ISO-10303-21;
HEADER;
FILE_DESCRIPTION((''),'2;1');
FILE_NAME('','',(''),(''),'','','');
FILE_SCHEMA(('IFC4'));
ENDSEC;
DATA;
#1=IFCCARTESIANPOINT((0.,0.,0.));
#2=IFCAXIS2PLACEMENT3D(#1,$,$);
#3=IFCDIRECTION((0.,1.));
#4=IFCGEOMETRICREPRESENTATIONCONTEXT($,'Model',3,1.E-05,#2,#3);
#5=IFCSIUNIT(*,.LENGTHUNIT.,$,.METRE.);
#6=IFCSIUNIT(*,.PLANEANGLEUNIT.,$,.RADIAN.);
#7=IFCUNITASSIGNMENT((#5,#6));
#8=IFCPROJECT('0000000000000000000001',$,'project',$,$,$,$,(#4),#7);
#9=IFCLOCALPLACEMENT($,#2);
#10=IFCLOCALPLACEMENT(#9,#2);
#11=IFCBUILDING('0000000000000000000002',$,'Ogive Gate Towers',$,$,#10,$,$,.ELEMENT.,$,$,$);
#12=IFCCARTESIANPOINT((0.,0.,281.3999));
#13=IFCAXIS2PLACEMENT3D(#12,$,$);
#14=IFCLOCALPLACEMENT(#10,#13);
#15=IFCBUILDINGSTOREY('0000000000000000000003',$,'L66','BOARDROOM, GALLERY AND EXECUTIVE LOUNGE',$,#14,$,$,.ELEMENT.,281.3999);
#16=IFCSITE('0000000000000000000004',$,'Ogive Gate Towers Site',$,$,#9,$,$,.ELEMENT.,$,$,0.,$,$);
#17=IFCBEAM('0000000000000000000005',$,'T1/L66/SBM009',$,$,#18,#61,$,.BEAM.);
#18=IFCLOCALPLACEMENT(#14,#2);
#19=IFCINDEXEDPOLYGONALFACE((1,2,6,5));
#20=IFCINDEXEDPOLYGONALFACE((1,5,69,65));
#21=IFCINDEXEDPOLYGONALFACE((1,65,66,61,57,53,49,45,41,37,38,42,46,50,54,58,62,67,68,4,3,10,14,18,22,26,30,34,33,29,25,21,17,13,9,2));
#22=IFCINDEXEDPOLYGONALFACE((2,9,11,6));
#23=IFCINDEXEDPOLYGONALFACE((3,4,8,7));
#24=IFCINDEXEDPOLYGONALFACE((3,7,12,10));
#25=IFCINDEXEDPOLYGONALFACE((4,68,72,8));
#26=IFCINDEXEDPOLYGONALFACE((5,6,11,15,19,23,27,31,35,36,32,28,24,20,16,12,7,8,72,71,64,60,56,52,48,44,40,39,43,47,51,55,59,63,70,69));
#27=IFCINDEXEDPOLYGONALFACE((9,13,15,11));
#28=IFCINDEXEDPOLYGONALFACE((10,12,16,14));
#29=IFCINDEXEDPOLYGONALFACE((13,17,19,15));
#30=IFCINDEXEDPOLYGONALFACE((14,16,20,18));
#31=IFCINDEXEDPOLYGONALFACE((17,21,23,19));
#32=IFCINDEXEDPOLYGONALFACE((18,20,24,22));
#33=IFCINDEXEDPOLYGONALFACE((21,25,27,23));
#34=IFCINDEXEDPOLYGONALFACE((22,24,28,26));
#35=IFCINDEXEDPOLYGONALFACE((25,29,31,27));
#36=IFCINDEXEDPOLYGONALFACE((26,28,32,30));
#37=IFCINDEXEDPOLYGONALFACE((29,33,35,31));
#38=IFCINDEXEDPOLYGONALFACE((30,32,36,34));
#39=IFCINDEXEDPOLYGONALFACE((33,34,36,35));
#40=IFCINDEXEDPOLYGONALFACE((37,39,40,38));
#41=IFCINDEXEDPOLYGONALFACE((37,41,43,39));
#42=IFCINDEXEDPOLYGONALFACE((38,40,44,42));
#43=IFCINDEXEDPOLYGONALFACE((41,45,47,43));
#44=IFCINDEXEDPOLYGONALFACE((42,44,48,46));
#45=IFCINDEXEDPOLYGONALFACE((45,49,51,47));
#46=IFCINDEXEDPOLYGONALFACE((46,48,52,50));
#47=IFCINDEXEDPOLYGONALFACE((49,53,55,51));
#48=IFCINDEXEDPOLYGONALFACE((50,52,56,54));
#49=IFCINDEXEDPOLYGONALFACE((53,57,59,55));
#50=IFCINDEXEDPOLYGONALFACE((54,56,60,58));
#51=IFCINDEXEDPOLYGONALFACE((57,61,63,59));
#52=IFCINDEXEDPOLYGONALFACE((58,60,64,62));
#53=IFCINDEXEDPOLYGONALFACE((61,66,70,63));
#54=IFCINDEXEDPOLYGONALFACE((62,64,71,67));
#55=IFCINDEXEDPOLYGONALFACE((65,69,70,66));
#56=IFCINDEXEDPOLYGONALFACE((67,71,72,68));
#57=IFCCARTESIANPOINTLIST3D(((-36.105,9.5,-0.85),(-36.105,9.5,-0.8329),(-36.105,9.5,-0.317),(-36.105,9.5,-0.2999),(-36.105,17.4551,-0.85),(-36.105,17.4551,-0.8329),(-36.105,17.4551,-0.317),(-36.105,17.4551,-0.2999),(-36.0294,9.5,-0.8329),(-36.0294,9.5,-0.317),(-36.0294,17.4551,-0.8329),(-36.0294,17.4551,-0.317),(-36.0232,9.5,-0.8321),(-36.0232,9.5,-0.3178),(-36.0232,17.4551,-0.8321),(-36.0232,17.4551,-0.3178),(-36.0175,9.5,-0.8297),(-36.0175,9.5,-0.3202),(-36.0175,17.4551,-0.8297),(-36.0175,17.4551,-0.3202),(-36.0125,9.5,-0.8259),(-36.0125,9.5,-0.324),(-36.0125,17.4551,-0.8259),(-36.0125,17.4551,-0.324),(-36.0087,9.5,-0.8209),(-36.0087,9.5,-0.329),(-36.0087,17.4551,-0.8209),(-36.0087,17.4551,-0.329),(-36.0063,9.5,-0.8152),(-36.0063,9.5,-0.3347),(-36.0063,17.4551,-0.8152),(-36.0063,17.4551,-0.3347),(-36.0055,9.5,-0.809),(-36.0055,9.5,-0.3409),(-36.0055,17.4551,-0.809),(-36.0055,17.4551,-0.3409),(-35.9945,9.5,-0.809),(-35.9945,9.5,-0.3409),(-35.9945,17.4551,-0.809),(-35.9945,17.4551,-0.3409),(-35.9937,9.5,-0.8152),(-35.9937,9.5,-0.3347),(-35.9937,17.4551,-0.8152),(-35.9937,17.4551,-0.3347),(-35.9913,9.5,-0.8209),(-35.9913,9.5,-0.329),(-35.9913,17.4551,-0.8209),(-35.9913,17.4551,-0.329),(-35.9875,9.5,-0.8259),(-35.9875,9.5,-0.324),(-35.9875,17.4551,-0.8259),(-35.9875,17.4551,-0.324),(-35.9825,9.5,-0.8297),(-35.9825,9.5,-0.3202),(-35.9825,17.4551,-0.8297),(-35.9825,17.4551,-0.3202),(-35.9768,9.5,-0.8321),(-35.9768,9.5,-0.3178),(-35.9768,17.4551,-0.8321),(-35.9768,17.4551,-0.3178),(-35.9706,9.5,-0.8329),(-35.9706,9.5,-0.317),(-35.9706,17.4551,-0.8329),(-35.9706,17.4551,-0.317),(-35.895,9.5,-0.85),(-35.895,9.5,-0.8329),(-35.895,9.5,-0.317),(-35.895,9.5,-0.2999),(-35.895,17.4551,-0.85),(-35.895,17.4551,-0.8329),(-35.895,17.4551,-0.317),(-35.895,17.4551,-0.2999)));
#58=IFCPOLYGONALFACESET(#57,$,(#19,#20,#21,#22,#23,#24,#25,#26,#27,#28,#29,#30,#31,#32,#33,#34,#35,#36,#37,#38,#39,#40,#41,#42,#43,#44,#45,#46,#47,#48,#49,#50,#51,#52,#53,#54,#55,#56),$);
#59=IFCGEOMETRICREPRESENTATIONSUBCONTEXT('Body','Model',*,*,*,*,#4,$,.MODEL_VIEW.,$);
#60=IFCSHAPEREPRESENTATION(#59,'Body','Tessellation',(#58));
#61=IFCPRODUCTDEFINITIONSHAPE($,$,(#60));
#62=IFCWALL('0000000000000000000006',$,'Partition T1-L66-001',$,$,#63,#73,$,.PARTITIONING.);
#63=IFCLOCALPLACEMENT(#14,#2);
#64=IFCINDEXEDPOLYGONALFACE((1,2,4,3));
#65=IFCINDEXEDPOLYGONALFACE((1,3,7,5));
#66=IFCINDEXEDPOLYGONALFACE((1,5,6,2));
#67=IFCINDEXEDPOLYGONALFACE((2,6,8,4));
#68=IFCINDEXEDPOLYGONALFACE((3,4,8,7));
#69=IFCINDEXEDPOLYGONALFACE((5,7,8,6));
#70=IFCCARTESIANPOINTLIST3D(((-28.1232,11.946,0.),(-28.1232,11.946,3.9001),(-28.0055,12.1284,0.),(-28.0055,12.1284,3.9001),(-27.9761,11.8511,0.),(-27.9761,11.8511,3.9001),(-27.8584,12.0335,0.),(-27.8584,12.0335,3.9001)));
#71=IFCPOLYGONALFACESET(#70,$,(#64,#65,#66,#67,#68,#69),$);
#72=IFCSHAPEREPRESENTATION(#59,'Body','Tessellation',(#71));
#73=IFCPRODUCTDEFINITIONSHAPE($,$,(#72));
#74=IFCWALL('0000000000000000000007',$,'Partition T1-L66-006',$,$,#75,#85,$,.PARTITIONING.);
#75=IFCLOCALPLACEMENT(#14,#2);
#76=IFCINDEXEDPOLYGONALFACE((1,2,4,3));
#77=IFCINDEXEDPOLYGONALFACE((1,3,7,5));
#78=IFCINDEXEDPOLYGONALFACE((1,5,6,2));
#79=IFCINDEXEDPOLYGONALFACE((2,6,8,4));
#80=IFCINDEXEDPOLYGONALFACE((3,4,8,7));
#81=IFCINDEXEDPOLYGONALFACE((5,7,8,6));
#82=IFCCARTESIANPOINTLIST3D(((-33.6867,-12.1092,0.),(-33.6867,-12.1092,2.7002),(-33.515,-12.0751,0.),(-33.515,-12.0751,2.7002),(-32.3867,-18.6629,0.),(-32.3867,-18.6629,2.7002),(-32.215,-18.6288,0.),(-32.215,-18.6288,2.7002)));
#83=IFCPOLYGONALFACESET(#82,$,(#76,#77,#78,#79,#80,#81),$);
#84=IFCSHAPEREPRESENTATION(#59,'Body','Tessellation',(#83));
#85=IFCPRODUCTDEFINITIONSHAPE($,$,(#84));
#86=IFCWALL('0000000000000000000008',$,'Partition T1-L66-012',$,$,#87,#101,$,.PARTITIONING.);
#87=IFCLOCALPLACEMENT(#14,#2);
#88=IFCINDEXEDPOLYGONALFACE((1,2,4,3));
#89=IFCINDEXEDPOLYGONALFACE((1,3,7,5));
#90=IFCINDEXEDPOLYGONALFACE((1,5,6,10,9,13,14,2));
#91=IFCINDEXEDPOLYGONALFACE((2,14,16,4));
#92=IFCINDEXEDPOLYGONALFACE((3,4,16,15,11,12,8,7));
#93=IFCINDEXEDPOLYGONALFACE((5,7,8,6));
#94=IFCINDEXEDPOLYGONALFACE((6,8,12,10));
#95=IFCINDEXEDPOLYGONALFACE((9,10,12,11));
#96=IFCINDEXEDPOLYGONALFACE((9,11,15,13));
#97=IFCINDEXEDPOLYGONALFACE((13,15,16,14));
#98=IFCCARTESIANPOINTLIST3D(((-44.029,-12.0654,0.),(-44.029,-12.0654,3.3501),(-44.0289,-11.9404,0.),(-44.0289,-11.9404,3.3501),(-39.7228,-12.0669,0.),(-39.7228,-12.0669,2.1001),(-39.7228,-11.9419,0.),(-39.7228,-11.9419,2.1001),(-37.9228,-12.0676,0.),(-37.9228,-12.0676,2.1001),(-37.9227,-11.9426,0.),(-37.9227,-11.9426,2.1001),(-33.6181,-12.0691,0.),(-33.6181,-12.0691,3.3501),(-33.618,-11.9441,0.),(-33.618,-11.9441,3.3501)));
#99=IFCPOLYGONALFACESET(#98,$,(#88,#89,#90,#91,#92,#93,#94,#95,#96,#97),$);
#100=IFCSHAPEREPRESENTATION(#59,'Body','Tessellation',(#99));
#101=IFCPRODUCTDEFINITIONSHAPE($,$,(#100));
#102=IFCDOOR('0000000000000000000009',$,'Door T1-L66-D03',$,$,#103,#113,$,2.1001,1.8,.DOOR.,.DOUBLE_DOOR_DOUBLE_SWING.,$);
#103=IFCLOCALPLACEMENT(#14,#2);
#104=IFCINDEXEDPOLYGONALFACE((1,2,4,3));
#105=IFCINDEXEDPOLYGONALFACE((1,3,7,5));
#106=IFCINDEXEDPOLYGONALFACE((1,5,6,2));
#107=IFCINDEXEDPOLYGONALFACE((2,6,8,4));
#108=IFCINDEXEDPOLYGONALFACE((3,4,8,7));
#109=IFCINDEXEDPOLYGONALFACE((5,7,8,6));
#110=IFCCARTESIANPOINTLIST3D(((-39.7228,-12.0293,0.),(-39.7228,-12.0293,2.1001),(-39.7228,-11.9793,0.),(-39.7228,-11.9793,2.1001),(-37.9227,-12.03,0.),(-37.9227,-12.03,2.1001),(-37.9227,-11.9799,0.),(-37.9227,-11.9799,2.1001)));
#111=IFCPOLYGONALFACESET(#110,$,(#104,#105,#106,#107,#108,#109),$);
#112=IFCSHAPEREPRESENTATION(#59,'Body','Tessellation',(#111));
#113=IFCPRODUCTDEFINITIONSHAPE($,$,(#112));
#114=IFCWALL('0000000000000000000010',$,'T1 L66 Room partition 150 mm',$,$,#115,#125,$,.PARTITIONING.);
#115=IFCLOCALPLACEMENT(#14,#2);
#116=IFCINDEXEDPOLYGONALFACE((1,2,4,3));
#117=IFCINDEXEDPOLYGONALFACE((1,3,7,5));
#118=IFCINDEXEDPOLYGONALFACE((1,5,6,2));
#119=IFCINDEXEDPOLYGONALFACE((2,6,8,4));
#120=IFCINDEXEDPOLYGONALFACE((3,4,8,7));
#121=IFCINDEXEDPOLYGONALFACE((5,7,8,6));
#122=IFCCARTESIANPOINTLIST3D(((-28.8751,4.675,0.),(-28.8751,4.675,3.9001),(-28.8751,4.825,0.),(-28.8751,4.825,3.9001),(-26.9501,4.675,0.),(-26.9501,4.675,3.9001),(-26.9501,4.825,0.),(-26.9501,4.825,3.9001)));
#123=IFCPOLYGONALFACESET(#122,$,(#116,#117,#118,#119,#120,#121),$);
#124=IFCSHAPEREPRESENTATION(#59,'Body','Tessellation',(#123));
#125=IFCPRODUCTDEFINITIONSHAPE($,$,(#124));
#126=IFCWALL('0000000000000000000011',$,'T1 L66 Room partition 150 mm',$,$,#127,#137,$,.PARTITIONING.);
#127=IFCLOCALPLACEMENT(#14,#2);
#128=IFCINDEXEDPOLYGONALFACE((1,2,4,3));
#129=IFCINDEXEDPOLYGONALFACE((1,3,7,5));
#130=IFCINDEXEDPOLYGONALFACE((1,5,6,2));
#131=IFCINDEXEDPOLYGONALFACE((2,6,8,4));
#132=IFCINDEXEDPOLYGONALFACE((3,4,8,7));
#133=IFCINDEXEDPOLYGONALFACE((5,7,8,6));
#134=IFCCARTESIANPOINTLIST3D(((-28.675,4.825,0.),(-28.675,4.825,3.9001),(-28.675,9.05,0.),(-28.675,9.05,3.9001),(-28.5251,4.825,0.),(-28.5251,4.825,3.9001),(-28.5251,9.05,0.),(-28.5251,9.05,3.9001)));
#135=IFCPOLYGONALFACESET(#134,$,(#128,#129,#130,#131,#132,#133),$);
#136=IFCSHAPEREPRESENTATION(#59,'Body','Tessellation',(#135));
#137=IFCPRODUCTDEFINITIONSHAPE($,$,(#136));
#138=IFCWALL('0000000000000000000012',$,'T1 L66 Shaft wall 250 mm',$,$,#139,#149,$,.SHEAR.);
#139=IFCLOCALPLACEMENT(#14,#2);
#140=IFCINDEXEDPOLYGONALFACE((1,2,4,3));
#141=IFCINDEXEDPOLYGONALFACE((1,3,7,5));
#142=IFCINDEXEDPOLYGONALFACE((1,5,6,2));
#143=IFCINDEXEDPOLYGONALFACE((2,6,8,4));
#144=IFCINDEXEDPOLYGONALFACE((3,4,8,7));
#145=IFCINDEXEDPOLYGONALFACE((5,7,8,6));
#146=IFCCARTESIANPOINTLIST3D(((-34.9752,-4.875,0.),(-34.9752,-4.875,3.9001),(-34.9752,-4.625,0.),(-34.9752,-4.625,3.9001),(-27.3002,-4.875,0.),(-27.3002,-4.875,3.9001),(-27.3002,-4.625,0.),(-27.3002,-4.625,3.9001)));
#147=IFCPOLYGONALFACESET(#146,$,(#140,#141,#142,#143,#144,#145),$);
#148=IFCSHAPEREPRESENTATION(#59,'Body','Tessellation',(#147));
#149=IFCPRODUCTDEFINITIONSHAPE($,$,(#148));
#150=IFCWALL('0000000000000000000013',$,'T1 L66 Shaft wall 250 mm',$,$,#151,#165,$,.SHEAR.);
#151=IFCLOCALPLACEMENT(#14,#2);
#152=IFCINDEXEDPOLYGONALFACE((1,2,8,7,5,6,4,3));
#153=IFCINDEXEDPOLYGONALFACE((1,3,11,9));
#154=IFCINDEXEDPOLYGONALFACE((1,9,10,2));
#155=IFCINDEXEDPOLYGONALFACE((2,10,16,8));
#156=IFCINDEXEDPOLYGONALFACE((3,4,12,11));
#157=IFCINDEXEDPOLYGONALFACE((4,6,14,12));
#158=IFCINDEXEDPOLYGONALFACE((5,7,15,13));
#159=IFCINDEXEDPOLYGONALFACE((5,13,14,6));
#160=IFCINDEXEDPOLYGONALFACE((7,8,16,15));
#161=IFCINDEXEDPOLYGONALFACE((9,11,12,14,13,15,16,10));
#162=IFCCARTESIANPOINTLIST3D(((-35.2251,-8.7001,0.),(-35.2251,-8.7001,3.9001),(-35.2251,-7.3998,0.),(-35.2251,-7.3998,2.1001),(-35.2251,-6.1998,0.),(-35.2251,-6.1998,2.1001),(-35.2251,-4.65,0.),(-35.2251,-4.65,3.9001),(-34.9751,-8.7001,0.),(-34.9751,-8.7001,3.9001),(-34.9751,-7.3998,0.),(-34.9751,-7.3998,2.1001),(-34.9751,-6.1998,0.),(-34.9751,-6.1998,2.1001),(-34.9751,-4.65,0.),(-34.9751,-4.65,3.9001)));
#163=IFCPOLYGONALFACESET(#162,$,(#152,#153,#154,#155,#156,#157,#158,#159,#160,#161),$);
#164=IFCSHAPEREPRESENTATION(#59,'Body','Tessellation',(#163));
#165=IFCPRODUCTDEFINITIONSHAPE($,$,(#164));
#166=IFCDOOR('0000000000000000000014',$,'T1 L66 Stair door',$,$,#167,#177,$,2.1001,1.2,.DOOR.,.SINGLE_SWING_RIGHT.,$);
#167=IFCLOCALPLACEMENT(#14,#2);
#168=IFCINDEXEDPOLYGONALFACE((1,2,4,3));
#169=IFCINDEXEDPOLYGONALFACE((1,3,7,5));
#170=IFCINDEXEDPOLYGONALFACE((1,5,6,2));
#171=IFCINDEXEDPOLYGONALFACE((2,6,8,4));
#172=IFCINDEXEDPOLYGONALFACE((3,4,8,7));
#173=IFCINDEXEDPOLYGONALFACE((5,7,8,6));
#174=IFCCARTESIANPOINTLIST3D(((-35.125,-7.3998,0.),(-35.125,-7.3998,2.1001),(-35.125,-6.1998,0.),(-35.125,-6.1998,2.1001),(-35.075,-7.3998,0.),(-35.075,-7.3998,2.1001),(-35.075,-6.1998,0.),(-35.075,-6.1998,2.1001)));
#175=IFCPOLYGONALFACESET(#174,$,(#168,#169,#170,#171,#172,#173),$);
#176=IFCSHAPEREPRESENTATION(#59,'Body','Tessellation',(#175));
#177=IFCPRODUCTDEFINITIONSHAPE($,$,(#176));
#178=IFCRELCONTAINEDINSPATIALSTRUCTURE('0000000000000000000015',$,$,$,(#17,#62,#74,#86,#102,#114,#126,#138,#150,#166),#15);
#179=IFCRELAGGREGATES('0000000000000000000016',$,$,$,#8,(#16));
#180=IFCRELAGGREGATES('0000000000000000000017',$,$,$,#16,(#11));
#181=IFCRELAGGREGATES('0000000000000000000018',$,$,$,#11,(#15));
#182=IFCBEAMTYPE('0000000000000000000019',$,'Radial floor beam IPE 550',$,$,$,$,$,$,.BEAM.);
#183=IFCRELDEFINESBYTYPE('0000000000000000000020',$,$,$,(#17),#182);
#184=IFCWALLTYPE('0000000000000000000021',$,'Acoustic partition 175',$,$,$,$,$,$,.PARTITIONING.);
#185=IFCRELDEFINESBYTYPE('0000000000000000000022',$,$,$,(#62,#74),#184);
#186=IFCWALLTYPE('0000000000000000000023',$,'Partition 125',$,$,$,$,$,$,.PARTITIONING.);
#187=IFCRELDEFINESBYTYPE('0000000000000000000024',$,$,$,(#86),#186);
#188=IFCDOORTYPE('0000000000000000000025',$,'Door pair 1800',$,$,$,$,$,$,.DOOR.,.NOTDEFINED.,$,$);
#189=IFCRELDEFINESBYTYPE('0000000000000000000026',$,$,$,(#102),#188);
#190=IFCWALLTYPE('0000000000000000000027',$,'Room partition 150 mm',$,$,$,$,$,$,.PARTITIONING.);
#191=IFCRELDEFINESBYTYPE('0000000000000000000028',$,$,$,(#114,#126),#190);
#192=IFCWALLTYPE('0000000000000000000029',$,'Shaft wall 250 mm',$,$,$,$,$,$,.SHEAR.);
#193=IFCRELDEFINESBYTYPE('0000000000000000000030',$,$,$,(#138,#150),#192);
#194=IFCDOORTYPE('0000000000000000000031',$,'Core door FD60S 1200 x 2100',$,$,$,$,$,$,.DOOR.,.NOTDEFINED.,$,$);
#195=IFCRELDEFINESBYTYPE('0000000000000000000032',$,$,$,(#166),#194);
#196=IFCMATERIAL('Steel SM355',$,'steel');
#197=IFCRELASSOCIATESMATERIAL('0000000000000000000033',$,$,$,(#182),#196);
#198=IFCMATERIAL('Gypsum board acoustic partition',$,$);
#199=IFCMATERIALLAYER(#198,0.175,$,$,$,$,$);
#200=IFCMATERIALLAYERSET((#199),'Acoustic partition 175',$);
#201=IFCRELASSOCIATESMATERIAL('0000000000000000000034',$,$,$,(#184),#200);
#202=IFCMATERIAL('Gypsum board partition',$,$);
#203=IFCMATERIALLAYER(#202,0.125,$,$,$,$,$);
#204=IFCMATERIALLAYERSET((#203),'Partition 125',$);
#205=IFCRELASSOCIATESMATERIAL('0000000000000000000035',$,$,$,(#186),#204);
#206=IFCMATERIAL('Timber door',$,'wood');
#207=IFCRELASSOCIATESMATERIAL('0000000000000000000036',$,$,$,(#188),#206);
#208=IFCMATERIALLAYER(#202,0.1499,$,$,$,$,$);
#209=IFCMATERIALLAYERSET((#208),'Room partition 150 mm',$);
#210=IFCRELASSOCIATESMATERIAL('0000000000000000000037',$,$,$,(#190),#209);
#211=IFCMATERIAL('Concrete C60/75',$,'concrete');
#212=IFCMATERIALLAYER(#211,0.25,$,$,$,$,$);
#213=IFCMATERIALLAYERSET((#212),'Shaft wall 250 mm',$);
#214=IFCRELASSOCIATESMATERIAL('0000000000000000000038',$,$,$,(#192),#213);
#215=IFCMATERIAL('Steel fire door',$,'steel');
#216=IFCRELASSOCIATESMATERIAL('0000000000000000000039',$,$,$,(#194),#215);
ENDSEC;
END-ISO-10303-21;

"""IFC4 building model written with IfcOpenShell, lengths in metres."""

from ifc_helpers import new_model, si_unit, direction, frame, frame_2d, origin, origin_2d, place, context, subcontext, project, spatial, rectangle, i_section, extrude, material, layer, layer_set, material_profile, profile_set, type_object, element, fill, save


model = new_model("IFC4")

# Units and contexts
model_context = context("Model", 3, precision=1e-05, world=origin(), true_north=direction((0.0, 1.0)))
body_context = subcontext(model_context, "Body", "Model", "MODEL_VIEW")
ifc_project = project(units=[si_unit("LENGTHUNIT", "METRE"), si_unit("PLANEANGLEUNIT", "RADIAN")], contexts=[model_context])

# Site, building, storey
site_placement = place(None, origin())
site = spatial("IfcSite", under=ifc_project, at=site_placement, Name="Ogive Gate Towers Site", CompositionType="ELEMENT", RefElevation=0.0)
building_placement = place(site_placement, origin())
building = spatial("IfcBuilding", under=site, at=building_placement, Name="Ogive Gate Towers", CompositionType="ELEMENT")
storey_placement = place(building_placement, frame((0.0, 0.0, 281.3999)))
storey = spatial("IfcBuildingStorey", under=building, at=storey_placement, Name="L66", Description="BOARDROOM, GALLERY AND EXECUTIVE LOUNGE", CompositionType="ELEMENT", Elevation=281.3999)

# Beam
ifc_material_1 = material(Name="Steel SM355", Category="steel")
ifc_material_profile_1 = material_profile(ifc_material_1, i_section(OverallWidth=0.21, OverallDepth=0.55, WebThickness=0.011, FlangeThickness=0.0171, FilletRadius=0.0239, at=origin_2d()), Name="IPE 550")
ifc_profile_set_1 = profile_set([ifc_material_profile_1], Name="Steel SM355")
beam_type_1 = type_object("IfcBeamType", Name="Radial floor beam IPE 550", PredefinedType="BEAM", material=ifc_profile_set_1)
beam_1_placement = place(storey_placement, frame((-36.0, 9.5, -0.575), z_axis=(0.0, 1.0, 0.0), x_axis=(-1.0, 0.0, 0.0)))
element("IfcBeam", 1, at=beam_1_placement, inside=storey, type_object=beam_type_1, Name="T1/L66/SBM009", PredefinedType="BEAM", context=body_context, shape_type="SweptSolid", body=[
    extrude(i_section(OverallWidth=0.21, OverallDepth=0.55, WebThickness=0.011, FlangeThickness=0.0171, FilletRadius=0.0239, at=origin_2d()), origin(), (0.0, 0.0, 1.0), 7.9551),
])

# Walls
ifc_material_2 = material(Name="Gypsum board acoustic partition")
ifc_layer_1 = layer(ifc_material_2, 0.175)
ifc_layer_set_1 = layer_set([ifc_layer_1], Name="Acoustic partition 175")
wall_type_1 = type_object("IfcWallType", Name="Acoustic partition 175", PredefinedType="PARTITIONING", material=ifc_layer_set_1)
wall_1_placement = place(storey_placement, frame((-28.0496, 11.8987, 0.0), z_axis=(0.0, 0.0, 1.0), x_axis=(0.542178, 0.840264, 0.0)))
element("IfcWall", 2, at=wall_1_placement, inside=storey, type_object=wall_type_1, Name="Partition T1-L66-001", PredefinedType="PARTITIONING", context=body_context, shape_type="SweptSolid", body=[
    extrude(rectangle(XDim=0.217, YDim=0.175, at=frame_2d((0.1084, 0.0))), origin(), (0.0, 0.0, 1.0), 3.9001),
])
wall_2_placement = place(storey_placement, frame((-32.3008, -18.646, 0.0), z_axis=(0.0, 0.0, 1.0), x_axis=(-0.194577, 0.980887, 0.0)))
element("IfcWall", 3, at=wall_2_placement, inside=storey, type_object=wall_type_1, Name="Partition T1-L66-006", PredefinedType="PARTITIONING", context=body_context, shape_type="SweptSolid", body=[
    extrude(rectangle(XDim=6.6814, YDim=0.175, at=frame_2d((3.3408, 0.0))), origin(), (0.0, 0.0, 1.0), 2.7002),
])

# Wall, opening, door
ifc_material_3 = material(Name="Gypsum board partition")
ifc_layer_2 = layer(ifc_material_3, 0.125)
ifc_layer_set_2 = layer_set([ifc_layer_2], Name="Partition 125")
wall_type_2 = type_object("IfcWallType", Name="Partition 125", PredefinedType="PARTITIONING", material=ifc_layer_set_2)
wall_3_placement = place(storey_placement, frame((-33.6179, -12.0066, 0.0), z_axis=(0.0, 0.0, 1.0), x_axis=(-1.0, 0.000352, 0.0)))
wall_3 = element("IfcWall", 4, at=wall_3_placement, inside=storey, type_object=wall_type_2, Name="Partition T1-L66-012", PredefinedType="PARTITIONING", context=body_context, shape_type="SweptSolid", body=[
    extrude(rectangle(XDim=10.4109, YDim=0.125, at=frame_2d((5.2056, 0.0))), origin(), (0.0, 0.0, 1.0), 3.3501),
])
opening_1_placement = place(wall_3_placement, frame((4.3049, 0.0, 0.0)))
opening_1 = element("IfcOpeningElement", 5, at=opening_1_placement, cuts=wall_3, PredefinedType="OPENING", context=body_context, shape_type="SweptSolid", body=[
    extrude(rectangle(XDim=1.8, YDim=2.1001, at=frame_2d((0.8999, 1.05))), frame((0.0, 0.0725, 0.0), z_axis=(0.0, -1.0, 0.0), x_axis=(1.0, 0.0, 0.0)), (0.0, 0.0, 1.0), 0.145),
])
ifc_material_4 = material(Name="Timber door", Category="wood")
door_type_1 = type_object("IfcDoorType", Name="Door pair 1800", OperationType="NOTDEFINED", PredefinedType="DOOR", material=ifc_material_4)
door_1_placement = place(opening_1_placement, origin())
door_1 = element("IfcDoor", 6, at=door_1_placement, inside=storey, type_object=door_type_1, Name="Door T1-L66-D03", OperationType="DOUBLE_DOOR_DOUBLE_SWING", OverallHeight=2.1001, OverallWidth=1.8, PredefinedType="DOOR", context=body_context, shape_type="SweptSolid", body=[
    extrude(rectangle(XDim=1.8, YDim=2.1001, at=frame_2d((0.8999, 1.05))), frame((0.0, 0.0249, 0.0), z_axis=(0.0, -1.0, 0.0), x_axis=(1.0, 0.0, 0.0)), (0.0, 0.0, 1.0), 0.05),
])
fill(opening_1, door_1)

# Walls
ifc_layer_3 = layer(ifc_material_3, 0.1499)
ifc_layer_set_3 = layer_set([ifc_layer_3], Name="Room partition 150 mm")
wall_type_3 = type_object("IfcWallType", Name="Room partition 150 mm", PredefinedType="PARTITIONING", material=ifc_layer_set_3)
wall_4_placement = place(storey_placement, frame((-28.875, 4.75, 0.0), z_axis=(0.0, 0.0, 1.0), x_axis=(1.0, 0.0, 0.0)))
element("IfcWall", 7, at=wall_4_placement, inside=storey, type_object=wall_type_3, Name="T1 L66 Room partition 150 mm", PredefinedType="PARTITIONING", context=body_context, shape_type="SweptSolid", body=[
    extrude(rectangle(XDim=1.925, YDim=0.1499, at=frame_2d((0.9624, 0.0))), origin(), (0.0, 0.0, 1.0), 3.9001),
])
wall_5_placement = place(storey_placement, frame((-28.6001, 4.825, 0.0), z_axis=(0.0, 0.0, 1.0), x_axis=(0.0, 1.0, 0.0)))
element("IfcWall", 8, at=wall_5_placement, inside=storey, type_object=wall_type_3, Name="T1 L66 Room partition 150 mm", PredefinedType="PARTITIONING", context=body_context, shape_type="SweptSolid", body=[
    extrude(rectangle(XDim=4.2251, YDim=0.1499, at=frame_2d((2.1125, 0.0))), origin(), (0.0, 0.0, 1.0), 3.9001),
])
ifc_material_5 = material(Name="Concrete C60/75", Category="concrete")
ifc_layer_4 = layer(ifc_material_5, 0.25)
ifc_layer_set_4 = layer_set([ifc_layer_4], Name="Shaft wall 250 mm")
wall_type_4 = type_object("IfcWallType", Name="Shaft wall 250 mm", PredefinedType="SHEAR", material=ifc_layer_set_4)
wall_6_placement = place(storey_placement, frame((-34.9751, -4.75, 0.0), z_axis=(0.0, 0.0, 1.0), x_axis=(1.0, 0.0, 0.0)))
element("IfcWall", 9, at=wall_6_placement, inside=storey, type_object=wall_type_4, Name="T1 L66 Shaft wall 250 mm", PredefinedType="SHEAR", context=body_context, shape_type="SweptSolid", body=[
    extrude(rectangle(XDim=7.675, YDim=0.25, at=frame_2d((3.8374, 0.0))), origin(), (0.0, 0.0, 1.0), 3.9001),
])

# Wall, opening, door
wall_7_placement = place(storey_placement, frame((-35.1001, -8.7, 0.0), z_axis=(0.0, 0.0, 1.0), x_axis=(0.0, 1.0, 0.0)))
wall_7 = element("IfcWall", 10, at=wall_7_placement, inside=storey, type_object=wall_type_4, Name="T1 L66 Shaft wall 250 mm", PredefinedType="SHEAR", context=body_context, shape_type="SweptSolid", body=[
    extrude(rectangle(XDim=4.05, YDim=0.25, at=frame_2d((2.0249, 0.0))), origin(), (0.0, 0.0, 1.0), 3.9001),
])
opening_2_placement = place(wall_7_placement, frame((1.3, 0.0, 0.0)))
opening_2 = element("IfcOpeningElement", 11, at=opening_2_placement, cuts=wall_7, PredefinedType="OPENING", context=body_context, shape_type="SweptSolid", body=[
    extrude(rectangle(XDim=1.2, YDim=2.1001, at=frame_2d((0.6001, 1.05))), frame((0.0, 0.135, 0.0), z_axis=(0.0, -1.0, 0.0), x_axis=(1.0, 0.0, 0.0)), (0.0, 0.0, 1.0), 0.27),
])
ifc_material_6 = material(Name="Steel fire door", Category="steel")
door_type_2 = type_object("IfcDoorType", Name="Core door FD60S 1200 x 2100", OperationType="NOTDEFINED", PredefinedType="DOOR", material=ifc_material_6)
door_2_placement = place(opening_2_placement, origin())
door_2 = element("IfcDoor", 12, at=door_2_placement, inside=storey, type_object=door_type_2, Name="T1 L66 Stair door", OperationType="SINGLE_SWING_RIGHT", OverallHeight=2.1001, OverallWidth=1.2, PredefinedType="DOOR", context=body_context, shape_type="SweptSolid", body=[
    extrude(rectangle(XDim=1.2, YDim=2.1001, at=frame_2d((0.6001, 1.05))), frame((0.0, 0.0249, 0.0), z_axis=(0.0, -1.0, 0.0), x_axis=(1.0, 0.0, 0.0)), (0.0, 0.0, 1.0), 0.05),
])
fill(opening_2, door_2)

save(model, "model.ifc")
